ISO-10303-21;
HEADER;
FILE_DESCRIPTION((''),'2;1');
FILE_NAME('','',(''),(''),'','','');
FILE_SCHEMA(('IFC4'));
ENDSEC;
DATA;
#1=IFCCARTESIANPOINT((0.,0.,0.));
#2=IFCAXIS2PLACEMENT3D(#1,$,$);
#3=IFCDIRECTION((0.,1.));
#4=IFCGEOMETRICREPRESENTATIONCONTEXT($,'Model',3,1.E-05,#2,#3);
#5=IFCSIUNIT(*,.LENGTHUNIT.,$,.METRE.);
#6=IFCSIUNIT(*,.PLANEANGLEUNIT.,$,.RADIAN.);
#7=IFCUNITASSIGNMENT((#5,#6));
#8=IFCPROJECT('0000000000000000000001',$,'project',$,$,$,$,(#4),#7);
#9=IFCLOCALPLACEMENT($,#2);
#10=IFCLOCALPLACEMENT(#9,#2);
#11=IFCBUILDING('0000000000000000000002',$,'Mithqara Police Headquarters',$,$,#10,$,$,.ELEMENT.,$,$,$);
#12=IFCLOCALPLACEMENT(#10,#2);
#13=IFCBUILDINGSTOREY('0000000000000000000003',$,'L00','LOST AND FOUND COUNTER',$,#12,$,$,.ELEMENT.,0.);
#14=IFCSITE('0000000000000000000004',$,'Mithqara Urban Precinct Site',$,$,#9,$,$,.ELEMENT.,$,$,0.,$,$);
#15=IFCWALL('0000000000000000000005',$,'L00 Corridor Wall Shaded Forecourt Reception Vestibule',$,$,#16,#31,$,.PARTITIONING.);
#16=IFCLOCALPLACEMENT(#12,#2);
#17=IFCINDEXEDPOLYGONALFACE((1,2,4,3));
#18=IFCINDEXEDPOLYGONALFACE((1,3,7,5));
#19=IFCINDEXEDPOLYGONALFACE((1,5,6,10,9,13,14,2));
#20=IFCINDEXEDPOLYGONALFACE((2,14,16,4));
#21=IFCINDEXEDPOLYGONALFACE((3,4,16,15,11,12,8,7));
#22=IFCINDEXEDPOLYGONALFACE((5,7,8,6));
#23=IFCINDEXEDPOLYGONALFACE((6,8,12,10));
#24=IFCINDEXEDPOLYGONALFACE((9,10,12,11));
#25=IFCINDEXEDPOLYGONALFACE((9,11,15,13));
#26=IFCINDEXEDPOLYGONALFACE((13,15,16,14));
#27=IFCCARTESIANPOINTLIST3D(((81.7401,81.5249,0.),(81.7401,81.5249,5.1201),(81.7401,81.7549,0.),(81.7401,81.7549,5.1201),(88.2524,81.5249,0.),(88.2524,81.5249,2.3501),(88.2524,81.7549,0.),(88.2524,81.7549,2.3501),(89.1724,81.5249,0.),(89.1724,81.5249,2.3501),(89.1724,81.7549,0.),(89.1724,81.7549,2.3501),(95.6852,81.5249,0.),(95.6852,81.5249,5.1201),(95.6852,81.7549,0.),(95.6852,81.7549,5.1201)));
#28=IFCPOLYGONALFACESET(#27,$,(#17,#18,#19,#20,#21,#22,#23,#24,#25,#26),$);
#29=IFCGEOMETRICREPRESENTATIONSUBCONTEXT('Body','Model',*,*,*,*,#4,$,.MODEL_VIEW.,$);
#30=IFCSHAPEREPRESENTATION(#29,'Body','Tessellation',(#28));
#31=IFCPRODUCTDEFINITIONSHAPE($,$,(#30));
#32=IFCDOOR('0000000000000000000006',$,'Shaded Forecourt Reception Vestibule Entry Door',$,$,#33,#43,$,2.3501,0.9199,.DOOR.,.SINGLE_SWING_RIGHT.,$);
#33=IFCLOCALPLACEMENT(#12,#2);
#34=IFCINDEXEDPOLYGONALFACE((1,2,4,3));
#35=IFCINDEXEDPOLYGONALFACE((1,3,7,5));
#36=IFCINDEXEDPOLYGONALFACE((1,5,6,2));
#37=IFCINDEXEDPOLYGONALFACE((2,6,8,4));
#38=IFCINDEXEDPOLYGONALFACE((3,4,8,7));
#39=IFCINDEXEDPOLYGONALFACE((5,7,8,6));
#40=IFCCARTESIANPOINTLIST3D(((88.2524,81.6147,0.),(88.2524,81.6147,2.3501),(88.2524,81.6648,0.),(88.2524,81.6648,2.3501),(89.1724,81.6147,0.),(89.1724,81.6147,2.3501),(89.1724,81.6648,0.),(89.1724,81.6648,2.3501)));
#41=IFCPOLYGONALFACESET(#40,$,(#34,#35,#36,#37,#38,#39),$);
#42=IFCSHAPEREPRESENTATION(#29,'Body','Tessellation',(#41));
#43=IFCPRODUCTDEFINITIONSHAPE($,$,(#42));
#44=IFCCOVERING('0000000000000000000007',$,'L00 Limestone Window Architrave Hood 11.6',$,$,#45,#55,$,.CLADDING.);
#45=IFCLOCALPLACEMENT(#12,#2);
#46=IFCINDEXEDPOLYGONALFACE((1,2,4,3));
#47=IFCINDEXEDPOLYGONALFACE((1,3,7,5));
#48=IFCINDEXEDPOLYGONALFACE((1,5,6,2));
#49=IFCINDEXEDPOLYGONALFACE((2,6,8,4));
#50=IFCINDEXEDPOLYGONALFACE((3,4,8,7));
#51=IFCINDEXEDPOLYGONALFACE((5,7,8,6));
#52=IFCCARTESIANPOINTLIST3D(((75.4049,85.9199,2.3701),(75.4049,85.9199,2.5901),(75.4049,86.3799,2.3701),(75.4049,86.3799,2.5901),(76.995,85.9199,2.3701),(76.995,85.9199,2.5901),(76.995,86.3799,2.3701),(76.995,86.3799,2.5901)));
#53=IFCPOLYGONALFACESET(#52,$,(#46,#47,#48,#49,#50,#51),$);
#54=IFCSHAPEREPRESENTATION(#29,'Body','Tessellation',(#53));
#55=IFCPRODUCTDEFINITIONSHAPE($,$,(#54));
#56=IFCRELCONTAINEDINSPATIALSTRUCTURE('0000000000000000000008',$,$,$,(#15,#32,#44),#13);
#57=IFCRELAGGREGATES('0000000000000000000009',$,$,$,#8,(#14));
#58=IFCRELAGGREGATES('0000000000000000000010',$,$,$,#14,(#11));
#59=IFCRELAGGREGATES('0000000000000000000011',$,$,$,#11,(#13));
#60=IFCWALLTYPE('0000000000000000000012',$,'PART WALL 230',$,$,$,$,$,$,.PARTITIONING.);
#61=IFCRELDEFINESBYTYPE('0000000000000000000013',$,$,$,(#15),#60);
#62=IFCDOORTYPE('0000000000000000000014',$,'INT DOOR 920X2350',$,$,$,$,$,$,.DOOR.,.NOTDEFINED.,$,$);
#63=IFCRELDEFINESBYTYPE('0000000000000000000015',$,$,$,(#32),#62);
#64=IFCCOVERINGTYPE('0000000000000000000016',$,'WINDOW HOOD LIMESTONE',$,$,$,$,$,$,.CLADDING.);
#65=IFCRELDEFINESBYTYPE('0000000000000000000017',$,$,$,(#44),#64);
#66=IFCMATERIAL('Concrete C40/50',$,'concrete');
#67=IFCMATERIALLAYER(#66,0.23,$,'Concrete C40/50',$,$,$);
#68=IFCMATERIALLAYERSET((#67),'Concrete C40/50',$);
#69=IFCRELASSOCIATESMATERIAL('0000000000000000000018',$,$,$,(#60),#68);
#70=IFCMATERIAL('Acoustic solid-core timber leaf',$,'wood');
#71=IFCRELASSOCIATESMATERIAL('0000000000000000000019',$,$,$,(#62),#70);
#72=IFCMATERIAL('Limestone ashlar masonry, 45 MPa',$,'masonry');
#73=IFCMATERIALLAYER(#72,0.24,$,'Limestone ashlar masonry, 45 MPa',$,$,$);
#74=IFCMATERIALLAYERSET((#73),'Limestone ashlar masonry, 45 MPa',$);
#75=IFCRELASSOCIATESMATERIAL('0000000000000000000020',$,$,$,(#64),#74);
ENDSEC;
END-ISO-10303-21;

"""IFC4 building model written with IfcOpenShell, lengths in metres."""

from ifc_helpers import new_model, si_unit, direction, frame, frame_2d, origin, origin_2d, place, context, subcontext, project, spatial, rectangle, extrude, material, layer, layer_set, type_object, element, fill, save


model = new_model("IFC4")

# Units and contexts
model_context = context("Model", 3, precision=1e-05, world=origin(), true_north=direction((0.0, 1.0)))
body_context = subcontext(model_context, "Body", "Model", "MODEL_VIEW")
ifc_project = project(units=[si_unit("LENGTHUNIT", "METRE"), si_unit("PLANEANGLEUNIT", "RADIAN")], contexts=[model_context])

# Site, building, storey
site_placement = place(None, origin())
site = spatial("IfcSite", under=ifc_project, at=site_placement, Name="Mithqara Urban Precinct Site", CompositionType="ELEMENT", RefElevation=0.0)
building_placement = place(site_placement, origin())
building = spatial("IfcBuilding", under=site, at=building_placement, Name="Mithqara Police Headquarters", CompositionType="ELEMENT")
storey_placement = place(building_placement, origin())
storey = spatial("IfcBuildingStorey", under=building, at=storey_placement, Name="L00", Description="LOST AND FOUND COUNTER", CompositionType="ELEMENT", Elevation=0.0)

# Shared definitions
ifc_material_1 = material(Name="Concrete C40/50", Category="concrete")

# Shared definitions
ifc_layer_1 = layer(ifc_material_1, 0.23, Name="Concrete C40/50")
ifc_layer_set_1 = layer_set([ifc_layer_1], Name="Concrete C40/50")
wall_type = type_object("IfcWallType", Name="PART WALL 230", PredefinedType="PARTITIONING", material=ifc_layer_set_1)

# Wall, opening, door
wall_1_placement = place(storey_placement, frame((81.74, 81.6399, 0.0), z_axis=(0.0, 0.0, 1.0), x_axis=(1.0, 0.0, 0.0)))
wall_1 = element("IfcWall", 1, at=wall_1_placement, inside=storey, type_object=wall_type, Name="L00 Corridor Wall Shaded Forecourt Reception Vestibule", PredefinedType="PARTITIONING", context=body_context, shape_type="SweptSolid", body=[
    extrude(rectangle(XDim=13.9451, YDim=0.23, at=frame_2d((6.9727, 0.0))), origin(), (0.0, 0.0, 1.0), 5.1201),
])
opening_placement = place(wall_1_placement, frame((6.5125, 0.0, 0.0)))
opening = element("IfcOpeningElement", 2, at=opening_placement, cuts=wall_1, PredefinedType="OPENING", context=body_context, shape_type="SweptSolid", body=[
    extrude(rectangle(XDim=0.9199, YDim=2.3501, at=frame_2d((0.46, 1.175))), frame((0.0, 0.125, 0.0), z_axis=(0.0, -1.0, 0.0), x_axis=(1.0, 0.0, 0.0)), (0.0, 0.0, 1.0), 0.25),
])
ifc_material_2 = material(Name="Acoustic solid-core timber leaf", Category="wood")
door_type = type_object("IfcDoorType", Name="INT DOOR 920X2350", OperationType="NOTDEFINED", PredefinedType="DOOR", material=ifc_material_2)
door_placement = place(opening_placement, origin())
door = element("IfcDoor", 3, at=door_placement, inside=storey, type_object=door_type, Name="Shaded Forecourt Reception Vestibule Entry Door", OperationType="SINGLE_SWING_RIGHT", OverallHeight=2.3501, OverallWidth=0.9199, PredefinedType="DOOR", context=body_context, shape_type="SweptSolid", body=[
    extrude(rectangle(XDim=0.9199, YDim=2.3501, at=frame_2d((0.46, 1.175))), frame((0.0, 0.0249, 0.0), z_axis=(0.0, -1.0, 0.0), x_axis=(1.0, 0.0, 0.0)), (0.0, 0.0, 1.0), 0.05),
])
fill(opening, door)

# Covering
ifc_material_3 = material(Name="Limestone ashlar masonry, 45 MPa", Category="masonry")
ifc_layer_2 = layer(ifc_material_3, 0.24, Name="Limestone ashlar masonry, 45 MPa")
ifc_layer_set_2 = layer_set([ifc_layer_2], Name="Limestone ashlar masonry, 45 MPa")
covering_type = type_object("IfcCoveringType", Name="WINDOW HOOD LIMESTONE", PredefinedType="CLADDING", material=ifc_layer_set_2)
covering_placement = place(storey_placement, frame((76.2, 86.1499, 2.3701), z_axis=(0.0, 0.0, 1.0), x_axis=(1.0, 0.0, 0.0)))
element("IfcCovering", 4, at=covering_placement, inside=storey, type_object=covering_type, Name="L00 Limestone Window Architrave Hood 11.6", PredefinedType="CLADDING", context=body_context, shape_type="SweptSolid", body=[
    extrude(rectangle(XDim=1.5901, YDim=0.46, at=origin_2d()), origin(), (0.0, 0.0, 1.0), 0.22),
])

save(model, "model.ifc")
